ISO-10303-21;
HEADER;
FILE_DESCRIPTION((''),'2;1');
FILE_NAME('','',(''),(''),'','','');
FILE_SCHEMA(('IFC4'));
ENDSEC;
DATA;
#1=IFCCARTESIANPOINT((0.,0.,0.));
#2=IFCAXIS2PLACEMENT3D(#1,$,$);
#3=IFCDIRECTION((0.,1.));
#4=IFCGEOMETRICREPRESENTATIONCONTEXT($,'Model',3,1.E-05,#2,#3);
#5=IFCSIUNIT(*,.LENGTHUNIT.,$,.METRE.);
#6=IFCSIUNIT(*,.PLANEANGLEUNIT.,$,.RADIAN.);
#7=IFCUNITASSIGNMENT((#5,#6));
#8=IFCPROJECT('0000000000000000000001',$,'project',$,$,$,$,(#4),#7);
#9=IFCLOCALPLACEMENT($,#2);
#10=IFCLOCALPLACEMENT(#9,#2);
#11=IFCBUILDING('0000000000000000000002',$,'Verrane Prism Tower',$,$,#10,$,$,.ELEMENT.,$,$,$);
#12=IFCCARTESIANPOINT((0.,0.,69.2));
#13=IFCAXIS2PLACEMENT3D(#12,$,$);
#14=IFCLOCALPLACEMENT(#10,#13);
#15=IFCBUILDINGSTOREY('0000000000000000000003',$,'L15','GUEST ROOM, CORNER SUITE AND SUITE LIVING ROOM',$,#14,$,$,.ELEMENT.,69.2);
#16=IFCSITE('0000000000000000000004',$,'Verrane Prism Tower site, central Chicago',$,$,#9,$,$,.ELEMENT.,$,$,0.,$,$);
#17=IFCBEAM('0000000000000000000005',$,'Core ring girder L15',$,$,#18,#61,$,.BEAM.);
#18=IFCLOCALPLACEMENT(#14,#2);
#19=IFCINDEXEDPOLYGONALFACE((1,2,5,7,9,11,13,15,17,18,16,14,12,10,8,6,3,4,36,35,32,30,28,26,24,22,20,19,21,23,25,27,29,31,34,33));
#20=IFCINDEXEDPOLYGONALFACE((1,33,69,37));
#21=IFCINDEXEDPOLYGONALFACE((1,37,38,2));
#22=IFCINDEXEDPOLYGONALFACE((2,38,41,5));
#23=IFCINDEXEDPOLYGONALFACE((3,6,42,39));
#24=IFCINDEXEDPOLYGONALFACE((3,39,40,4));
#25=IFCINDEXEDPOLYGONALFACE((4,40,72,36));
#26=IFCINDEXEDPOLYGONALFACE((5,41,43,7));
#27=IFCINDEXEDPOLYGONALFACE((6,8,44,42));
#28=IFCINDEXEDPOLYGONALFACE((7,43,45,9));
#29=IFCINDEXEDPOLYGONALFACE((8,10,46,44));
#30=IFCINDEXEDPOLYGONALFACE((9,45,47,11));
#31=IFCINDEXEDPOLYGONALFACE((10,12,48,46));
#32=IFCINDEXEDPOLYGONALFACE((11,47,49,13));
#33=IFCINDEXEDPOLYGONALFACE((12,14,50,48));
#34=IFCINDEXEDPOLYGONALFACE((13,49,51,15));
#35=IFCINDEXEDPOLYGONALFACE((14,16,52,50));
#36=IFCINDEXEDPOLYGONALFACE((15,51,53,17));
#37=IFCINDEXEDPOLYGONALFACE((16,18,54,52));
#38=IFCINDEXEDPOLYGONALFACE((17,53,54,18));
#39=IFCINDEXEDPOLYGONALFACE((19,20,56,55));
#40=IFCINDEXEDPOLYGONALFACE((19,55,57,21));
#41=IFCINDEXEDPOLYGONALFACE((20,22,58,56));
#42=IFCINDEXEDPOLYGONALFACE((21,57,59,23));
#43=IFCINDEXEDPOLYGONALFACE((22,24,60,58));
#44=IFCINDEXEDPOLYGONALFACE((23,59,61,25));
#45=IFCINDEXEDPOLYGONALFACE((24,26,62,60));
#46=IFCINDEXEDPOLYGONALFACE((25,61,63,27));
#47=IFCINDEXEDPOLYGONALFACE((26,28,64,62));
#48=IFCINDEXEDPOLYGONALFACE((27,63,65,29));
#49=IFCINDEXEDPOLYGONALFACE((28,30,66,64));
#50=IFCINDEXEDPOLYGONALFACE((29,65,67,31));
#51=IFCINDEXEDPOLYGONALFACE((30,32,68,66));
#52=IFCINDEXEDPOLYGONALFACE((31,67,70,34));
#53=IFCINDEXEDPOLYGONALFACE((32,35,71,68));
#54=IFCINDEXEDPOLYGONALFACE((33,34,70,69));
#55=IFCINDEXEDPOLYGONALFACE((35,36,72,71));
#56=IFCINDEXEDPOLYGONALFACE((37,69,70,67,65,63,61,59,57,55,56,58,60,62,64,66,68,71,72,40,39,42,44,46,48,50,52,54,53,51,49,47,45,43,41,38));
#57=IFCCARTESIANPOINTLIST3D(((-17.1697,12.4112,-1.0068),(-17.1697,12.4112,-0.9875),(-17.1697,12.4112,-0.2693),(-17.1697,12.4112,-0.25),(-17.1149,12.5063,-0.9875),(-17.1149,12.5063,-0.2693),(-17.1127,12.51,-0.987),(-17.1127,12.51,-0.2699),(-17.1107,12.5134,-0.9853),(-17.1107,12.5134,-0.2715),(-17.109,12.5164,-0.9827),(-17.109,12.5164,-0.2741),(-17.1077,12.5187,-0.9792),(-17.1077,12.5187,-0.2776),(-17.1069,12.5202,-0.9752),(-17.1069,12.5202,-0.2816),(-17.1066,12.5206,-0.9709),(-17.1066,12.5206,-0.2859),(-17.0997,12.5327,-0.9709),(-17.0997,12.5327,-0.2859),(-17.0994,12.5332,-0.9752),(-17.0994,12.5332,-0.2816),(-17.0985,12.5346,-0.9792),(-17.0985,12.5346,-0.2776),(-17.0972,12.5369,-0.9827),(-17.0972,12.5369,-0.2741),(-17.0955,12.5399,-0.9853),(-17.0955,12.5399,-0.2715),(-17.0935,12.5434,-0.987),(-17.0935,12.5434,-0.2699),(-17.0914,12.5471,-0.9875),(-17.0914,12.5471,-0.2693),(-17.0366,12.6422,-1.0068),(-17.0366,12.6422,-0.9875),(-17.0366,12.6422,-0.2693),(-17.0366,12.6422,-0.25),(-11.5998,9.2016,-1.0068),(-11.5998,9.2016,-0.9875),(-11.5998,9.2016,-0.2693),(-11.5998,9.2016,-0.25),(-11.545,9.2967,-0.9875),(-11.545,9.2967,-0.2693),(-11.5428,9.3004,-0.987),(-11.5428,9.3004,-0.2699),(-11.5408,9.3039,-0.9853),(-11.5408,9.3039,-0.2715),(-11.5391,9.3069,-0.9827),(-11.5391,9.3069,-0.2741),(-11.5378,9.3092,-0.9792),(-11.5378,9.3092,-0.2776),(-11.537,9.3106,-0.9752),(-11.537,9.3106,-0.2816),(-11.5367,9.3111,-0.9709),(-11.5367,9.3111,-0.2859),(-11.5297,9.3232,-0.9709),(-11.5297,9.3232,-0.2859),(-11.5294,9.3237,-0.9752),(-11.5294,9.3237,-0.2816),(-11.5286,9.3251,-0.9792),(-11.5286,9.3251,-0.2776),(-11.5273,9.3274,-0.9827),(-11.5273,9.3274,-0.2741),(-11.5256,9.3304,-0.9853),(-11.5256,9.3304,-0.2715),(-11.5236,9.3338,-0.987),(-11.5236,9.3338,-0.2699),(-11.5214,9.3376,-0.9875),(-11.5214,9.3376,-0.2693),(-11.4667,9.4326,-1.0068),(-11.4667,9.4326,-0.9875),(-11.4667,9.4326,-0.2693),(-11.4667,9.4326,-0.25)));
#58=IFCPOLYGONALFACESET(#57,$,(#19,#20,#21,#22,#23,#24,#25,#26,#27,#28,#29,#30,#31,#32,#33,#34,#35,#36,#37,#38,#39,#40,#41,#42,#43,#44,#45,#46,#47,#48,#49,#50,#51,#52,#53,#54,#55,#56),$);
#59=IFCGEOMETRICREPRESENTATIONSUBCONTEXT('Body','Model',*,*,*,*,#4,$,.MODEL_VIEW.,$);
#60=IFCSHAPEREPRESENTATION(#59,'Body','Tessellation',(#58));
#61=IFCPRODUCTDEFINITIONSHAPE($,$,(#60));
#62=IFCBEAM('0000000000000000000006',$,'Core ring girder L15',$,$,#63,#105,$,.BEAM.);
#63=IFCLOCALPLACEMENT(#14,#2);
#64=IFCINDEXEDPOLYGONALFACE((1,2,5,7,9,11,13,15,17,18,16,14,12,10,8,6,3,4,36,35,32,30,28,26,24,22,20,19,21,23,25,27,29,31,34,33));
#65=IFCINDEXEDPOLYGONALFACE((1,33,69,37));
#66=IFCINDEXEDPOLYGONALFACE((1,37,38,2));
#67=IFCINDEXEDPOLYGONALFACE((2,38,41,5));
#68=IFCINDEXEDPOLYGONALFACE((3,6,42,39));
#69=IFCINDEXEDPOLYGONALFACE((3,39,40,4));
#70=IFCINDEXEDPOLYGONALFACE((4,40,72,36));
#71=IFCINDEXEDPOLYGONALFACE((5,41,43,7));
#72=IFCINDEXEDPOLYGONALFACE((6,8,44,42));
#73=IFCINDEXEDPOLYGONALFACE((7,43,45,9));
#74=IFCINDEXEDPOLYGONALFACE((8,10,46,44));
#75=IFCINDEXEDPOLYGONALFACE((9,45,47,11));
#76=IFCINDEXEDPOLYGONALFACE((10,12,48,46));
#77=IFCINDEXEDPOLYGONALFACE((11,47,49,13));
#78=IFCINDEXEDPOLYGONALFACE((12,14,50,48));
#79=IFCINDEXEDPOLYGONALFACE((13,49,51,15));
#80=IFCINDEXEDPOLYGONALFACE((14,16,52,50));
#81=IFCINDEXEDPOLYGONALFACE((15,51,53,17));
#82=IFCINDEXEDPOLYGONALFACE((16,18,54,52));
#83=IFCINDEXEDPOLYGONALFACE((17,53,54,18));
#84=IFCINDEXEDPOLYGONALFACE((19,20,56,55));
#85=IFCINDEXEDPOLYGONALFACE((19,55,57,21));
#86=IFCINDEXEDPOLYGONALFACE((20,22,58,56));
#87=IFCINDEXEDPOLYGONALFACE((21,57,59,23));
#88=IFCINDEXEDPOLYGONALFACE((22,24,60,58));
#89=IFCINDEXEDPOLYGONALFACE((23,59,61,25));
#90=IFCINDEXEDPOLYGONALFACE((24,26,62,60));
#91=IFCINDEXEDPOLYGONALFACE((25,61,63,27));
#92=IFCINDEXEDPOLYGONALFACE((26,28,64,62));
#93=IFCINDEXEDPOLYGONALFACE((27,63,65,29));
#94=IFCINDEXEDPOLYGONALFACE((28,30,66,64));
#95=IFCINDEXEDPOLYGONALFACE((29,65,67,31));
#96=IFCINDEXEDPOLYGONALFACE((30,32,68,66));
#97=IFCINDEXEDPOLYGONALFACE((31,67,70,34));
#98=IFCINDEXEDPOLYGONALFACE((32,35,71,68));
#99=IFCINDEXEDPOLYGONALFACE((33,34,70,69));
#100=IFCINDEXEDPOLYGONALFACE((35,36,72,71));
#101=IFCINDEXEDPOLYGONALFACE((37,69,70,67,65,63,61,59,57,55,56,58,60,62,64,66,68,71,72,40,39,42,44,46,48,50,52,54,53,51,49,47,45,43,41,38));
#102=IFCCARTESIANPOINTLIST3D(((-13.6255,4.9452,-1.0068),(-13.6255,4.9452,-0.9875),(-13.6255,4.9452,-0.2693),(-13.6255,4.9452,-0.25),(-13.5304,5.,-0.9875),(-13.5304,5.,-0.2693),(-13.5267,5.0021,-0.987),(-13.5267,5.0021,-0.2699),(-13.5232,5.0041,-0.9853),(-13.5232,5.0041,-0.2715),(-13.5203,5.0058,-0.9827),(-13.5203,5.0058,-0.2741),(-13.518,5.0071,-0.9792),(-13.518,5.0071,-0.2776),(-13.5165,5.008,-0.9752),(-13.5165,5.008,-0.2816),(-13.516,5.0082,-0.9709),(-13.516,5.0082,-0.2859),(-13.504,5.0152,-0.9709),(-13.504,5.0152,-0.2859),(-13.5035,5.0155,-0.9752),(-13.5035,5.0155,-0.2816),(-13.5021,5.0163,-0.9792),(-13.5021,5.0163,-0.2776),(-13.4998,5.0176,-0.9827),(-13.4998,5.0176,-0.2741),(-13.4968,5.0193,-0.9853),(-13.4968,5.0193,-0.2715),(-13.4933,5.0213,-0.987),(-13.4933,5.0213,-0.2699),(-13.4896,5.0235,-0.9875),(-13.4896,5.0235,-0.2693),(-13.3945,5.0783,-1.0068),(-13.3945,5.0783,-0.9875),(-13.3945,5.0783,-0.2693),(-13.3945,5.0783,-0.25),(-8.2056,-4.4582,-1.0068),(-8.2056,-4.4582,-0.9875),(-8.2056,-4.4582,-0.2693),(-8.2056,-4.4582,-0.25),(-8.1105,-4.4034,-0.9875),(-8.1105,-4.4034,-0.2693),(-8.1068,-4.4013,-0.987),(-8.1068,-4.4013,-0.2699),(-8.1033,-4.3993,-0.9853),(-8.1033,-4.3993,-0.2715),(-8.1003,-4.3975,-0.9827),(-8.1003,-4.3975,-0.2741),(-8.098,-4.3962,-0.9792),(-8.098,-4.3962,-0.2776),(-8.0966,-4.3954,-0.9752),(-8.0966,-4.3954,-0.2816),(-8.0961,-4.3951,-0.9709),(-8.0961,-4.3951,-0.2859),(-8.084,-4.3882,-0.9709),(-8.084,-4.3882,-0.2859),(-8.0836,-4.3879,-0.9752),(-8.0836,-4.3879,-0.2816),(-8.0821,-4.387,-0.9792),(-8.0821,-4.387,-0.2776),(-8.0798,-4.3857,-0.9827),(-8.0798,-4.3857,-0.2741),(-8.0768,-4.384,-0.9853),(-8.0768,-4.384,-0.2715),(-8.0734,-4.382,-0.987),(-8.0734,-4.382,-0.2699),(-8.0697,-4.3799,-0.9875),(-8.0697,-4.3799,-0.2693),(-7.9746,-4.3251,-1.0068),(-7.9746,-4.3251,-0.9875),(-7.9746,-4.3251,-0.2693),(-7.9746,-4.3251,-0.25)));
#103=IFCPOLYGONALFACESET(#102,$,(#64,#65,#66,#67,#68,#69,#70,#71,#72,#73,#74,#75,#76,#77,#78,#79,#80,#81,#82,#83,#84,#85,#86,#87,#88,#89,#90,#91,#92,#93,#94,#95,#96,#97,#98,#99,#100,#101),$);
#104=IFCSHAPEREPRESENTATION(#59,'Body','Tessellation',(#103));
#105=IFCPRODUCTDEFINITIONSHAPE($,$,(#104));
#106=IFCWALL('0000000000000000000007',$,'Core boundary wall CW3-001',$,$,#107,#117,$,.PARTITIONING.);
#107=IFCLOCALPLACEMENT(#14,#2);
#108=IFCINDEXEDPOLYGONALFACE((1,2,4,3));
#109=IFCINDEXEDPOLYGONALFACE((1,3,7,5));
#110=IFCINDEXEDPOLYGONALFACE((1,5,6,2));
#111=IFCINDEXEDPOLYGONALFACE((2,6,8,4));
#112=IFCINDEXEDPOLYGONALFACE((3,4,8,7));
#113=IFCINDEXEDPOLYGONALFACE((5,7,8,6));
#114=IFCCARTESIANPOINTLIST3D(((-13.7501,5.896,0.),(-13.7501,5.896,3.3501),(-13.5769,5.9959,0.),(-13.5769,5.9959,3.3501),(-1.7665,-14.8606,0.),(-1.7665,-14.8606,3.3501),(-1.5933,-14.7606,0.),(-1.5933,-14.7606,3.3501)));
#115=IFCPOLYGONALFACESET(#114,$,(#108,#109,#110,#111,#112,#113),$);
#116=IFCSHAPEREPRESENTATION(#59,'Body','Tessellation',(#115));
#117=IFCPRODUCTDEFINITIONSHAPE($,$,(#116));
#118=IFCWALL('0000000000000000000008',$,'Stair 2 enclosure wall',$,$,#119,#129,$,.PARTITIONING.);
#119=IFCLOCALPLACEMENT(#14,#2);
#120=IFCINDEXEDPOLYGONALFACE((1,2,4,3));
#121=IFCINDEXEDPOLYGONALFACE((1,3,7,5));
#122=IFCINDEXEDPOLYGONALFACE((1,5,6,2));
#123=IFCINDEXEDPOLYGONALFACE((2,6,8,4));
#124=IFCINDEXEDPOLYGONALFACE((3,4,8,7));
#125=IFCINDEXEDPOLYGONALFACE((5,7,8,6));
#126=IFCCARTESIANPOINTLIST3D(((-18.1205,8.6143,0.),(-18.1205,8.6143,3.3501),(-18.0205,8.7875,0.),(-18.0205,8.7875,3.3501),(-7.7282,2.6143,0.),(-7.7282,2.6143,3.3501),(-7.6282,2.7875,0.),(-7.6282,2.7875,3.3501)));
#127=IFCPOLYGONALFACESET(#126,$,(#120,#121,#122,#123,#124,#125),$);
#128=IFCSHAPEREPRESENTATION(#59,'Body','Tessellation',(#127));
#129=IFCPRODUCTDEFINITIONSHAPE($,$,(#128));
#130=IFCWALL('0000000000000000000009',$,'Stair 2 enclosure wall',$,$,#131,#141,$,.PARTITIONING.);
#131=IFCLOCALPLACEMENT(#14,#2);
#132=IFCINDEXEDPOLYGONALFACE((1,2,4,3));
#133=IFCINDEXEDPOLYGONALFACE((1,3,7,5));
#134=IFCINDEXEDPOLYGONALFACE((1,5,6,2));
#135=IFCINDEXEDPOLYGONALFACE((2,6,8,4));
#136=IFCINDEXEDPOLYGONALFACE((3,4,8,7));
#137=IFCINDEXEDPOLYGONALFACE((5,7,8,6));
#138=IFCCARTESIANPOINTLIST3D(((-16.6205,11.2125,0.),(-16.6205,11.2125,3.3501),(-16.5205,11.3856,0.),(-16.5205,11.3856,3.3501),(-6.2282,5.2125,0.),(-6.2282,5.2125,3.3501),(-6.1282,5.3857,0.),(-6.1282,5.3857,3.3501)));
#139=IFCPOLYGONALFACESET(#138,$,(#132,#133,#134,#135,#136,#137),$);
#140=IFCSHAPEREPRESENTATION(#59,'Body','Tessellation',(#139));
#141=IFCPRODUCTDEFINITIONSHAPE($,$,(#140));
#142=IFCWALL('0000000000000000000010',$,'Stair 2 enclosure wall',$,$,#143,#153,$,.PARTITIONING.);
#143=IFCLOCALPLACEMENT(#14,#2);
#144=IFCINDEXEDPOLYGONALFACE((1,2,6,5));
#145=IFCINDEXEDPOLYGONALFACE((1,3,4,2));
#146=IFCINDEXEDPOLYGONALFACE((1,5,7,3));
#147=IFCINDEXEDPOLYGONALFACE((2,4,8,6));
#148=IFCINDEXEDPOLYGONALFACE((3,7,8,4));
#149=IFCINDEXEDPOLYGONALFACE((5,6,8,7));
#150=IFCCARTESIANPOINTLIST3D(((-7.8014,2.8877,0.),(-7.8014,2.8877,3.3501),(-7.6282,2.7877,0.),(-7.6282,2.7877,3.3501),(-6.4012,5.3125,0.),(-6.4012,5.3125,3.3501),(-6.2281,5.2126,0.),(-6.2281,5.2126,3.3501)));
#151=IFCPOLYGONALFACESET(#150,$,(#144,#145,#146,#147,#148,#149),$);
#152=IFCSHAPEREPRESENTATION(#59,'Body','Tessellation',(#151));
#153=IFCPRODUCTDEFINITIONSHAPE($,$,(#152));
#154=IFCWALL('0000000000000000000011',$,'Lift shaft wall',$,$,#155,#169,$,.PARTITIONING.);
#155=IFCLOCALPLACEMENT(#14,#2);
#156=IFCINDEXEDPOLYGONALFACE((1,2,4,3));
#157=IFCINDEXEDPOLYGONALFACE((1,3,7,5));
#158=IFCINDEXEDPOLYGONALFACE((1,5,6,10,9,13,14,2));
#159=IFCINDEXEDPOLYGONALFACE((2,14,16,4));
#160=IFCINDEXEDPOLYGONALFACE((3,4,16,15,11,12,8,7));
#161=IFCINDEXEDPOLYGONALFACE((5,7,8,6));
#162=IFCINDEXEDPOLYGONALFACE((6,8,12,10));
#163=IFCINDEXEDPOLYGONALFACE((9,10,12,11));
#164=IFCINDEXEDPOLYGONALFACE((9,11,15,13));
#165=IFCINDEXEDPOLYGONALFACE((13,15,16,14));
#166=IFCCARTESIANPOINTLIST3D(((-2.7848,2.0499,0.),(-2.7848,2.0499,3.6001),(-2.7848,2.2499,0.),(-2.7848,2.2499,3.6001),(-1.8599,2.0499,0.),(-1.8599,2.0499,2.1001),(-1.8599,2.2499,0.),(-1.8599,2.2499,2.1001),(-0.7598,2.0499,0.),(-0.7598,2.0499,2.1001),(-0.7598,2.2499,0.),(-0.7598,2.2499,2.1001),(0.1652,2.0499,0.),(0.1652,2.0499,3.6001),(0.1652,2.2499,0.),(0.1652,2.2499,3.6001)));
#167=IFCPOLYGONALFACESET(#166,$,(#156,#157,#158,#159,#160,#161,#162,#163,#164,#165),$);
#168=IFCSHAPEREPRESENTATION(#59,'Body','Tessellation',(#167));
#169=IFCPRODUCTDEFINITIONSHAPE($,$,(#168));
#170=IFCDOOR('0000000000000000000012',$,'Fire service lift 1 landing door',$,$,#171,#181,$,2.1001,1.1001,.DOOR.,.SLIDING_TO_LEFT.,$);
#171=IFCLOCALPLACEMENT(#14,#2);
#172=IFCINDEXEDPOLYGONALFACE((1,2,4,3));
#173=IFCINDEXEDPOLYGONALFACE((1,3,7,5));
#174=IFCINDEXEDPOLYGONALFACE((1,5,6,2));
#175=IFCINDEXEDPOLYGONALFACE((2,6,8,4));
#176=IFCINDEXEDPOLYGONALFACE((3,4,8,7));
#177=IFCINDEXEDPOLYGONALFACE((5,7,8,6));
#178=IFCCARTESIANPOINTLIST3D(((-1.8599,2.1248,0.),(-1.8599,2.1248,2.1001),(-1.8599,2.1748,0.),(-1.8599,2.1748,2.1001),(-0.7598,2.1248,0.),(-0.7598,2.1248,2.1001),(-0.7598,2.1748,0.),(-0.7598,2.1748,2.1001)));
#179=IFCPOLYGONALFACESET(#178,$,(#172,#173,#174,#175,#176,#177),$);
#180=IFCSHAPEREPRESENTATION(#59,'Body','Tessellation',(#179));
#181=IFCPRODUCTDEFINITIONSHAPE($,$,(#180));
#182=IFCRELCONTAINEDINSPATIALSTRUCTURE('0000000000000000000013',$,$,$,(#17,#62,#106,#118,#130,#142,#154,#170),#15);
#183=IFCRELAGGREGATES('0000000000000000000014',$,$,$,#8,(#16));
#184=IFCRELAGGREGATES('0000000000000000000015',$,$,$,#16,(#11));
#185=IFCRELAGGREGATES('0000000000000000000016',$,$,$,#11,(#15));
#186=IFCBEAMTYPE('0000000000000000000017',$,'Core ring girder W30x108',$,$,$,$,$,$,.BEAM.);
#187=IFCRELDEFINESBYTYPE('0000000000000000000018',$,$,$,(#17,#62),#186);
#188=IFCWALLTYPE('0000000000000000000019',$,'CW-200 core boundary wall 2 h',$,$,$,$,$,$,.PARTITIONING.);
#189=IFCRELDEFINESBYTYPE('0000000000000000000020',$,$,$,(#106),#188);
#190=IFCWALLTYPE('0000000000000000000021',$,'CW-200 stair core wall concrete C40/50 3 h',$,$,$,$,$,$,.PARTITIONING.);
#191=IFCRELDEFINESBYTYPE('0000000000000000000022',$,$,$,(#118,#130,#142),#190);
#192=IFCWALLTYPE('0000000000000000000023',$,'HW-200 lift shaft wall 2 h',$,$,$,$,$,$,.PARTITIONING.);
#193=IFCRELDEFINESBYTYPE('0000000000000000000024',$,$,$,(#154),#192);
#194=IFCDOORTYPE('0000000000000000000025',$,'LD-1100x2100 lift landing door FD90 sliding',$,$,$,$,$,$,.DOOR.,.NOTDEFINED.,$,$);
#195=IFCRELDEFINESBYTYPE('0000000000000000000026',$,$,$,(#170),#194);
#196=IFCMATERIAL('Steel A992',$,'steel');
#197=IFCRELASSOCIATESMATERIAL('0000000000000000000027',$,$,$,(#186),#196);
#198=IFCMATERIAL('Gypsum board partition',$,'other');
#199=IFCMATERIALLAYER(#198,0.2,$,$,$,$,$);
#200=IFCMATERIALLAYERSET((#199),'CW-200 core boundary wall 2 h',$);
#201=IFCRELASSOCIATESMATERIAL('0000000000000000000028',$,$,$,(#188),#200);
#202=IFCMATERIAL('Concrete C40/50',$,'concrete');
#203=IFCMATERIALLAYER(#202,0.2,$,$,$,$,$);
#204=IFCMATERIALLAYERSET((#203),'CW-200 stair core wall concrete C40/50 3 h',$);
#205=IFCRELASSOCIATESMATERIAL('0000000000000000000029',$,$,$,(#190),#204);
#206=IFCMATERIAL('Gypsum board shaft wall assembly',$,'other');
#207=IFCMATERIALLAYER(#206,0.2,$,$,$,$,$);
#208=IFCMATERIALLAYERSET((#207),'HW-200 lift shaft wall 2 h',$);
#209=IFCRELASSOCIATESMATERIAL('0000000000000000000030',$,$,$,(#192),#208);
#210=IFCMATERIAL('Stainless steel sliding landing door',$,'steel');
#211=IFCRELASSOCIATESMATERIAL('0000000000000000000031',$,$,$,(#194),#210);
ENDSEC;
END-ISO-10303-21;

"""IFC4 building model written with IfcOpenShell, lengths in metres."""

from ifc_helpers import new_model, si_unit, direction, frame, frame_2d, origin, origin_2d, place, context, subcontext, project, spatial, rectangle, i_section, extrude, material, layer, layer_set, material_profile, profile_set, type_object, element, fill, save


model = new_model("IFC4")

# Units and contexts
model_context = context("Model", 3, precision=1e-05, world=origin(), true_north=direction((0.0, 1.0)))
body_context = subcontext(model_context, "Body", "Model", "MODEL_VIEW")
ifc_project = project(units=[si_unit("LENGTHUNIT", "METRE"), si_unit("PLANEANGLEUNIT", "RADIAN")], contexts=[model_context])

# Site, building, storey
site_placement = place(None, origin())
site = spatial("IfcSite", under=ifc_project, at=site_placement, Name="Verrane Prism Tower site, central Chicago", CompositionType="ELEMENT", RefElevation=0.0)
building_placement = place(site_placement, origin())
building = spatial("IfcBuilding", under=site, at=building_placement, Name="Verrane Prism Tower", CompositionType="ELEMENT")
storey_placement = place(building_placement, frame((0.0, 0.0, 69.2)))
storey = spatial("IfcBuildingStorey", under=building, at=storey_placement, Name="L15", Description="GUEST ROOM, CORNER SUITE AND SUITE LIVING ROOM", CompositionType="ELEMENT", Elevation=69.2)

# Beams
ifc_material_1 = material(Name="Steel A992", Category="steel")
ifc_material_profile_1 = material_profile(ifc_material_1, i_section(OverallWidth=0.2666, OverallDepth=0.7568, WebThickness=0.0139, FlangeThickness=0.0193, FilletRadius=0.0166, at=origin_2d()), Name="W30x108")
ifc_profile_set_1 = profile_set([ifc_material_profile_1], Name="Steel A992")
beam_type = type_object("IfcBeamType", Name="Core ring girder W30x108", PredefinedType="BEAM", material=ifc_profile_set_1)
beam_1_placement = place(storey_placement, frame((-11.5332, 9.3171, -0.6284), z_axis=(-0.866447, 0.499269, 0.0), x_axis=(-0.499269, -0.866447, 0.0)))
element("IfcBeam", 1, at=beam_1_placement, inside=storey, type_object=beam_type, Name="Core ring girder L15", PredefinedType="BEAM", context=body_context, shape_type="SweptSolid", body=[
    extrude(i_section(OverallWidth=0.2666, OverallDepth=0.7568, WebThickness=0.0139, FlangeThickness=0.0193, FilletRadius=0.0166, at=origin_2d()), origin(), (0.0, 0.0, 1.0), 6.4285),
])
beam_2_placement = place(storey_placement, frame((-13.51, 5.0117, -0.6284), z_axis=(0.499372, -0.866388, 0.0), x_axis=(0.866388, 0.499372, 0.0)))
element("IfcBeam", 2, at=beam_2_placement, inside=storey, type_object=beam_type, Name="Core ring girder L15", PredefinedType="BEAM", context=body_context, shape_type="SweptSolid", body=[
    extrude(i_section(OverallWidth=0.2666, OverallDepth=0.7568, WebThickness=0.0139, FlangeThickness=0.0193, FilletRadius=0.0166, at=origin_2d()), origin(), (0.0, 0.0, 1.0), 10.8535),
])

# Walls
ifc_material_2 = material(Name="Gypsum board partition", Category="other")
ifc_layer_1 = layer(ifc_material_2, 0.2)
ifc_layer_set_1 = layer_set([ifc_layer_1], Name="CW-200 core boundary wall 2 h")
wall_type_1 = type_object("IfcWallType", Name="CW-200 core boundary wall 2 h", PredefinedType="PARTITIONING", material=ifc_layer_set_1)
wall_1_placement = place(storey_placement, frame((-13.6636, 5.946, 0.0), z_axis=(0.0, 0.0, 1.0), x_axis=(0.499994, -0.866029, 0.0)))
element("IfcWall", 3, at=wall_1_placement, inside=storey, type_object=wall_type_1, Name="Core boundary wall CW3-001", PredefinedType="PARTITIONING", context=body_context, shape_type="SweptSolid", body=[
    extrude(rectangle(XDim=23.9675, YDim=0.2, at=frame_2d((11.9839, 0.0))), origin(), (0.0, 0.0, 1.0), 3.3501),
])
ifc_material_3 = material(Name="Concrete C40/50", Category="concrete")
ifc_layer_2 = layer(ifc_material_3, 0.2)
ifc_layer_set_2 = layer_set([ifc_layer_2], Name="CW-200 stair core wall concrete C40/50 3 h")
wall_type_2 = type_object("IfcWallType", Name="CW-200 stair core wall concrete C40/50 3 h", PredefinedType="PARTITIONING", material=ifc_layer_set_2)
for number, where, z_axis, x_axis, name in (
    (4, (-7.6782, 2.7009, 0.0), (0.0, 0.0, 1.0), (-0.866026, 0.499999, 0.0), "Stair 2 enclosure wall"),
    (5, (-6.1782, 5.2991, 0.0), (0.0, 0.0, 1.0), (-0.866026, 0.499999, 0.0), "Stair 2 enclosure wall"),
):
    element("IfcWall", number, at=place(storey_placement, frame(where, z_axis=z_axis, x_axis=x_axis)), inside=storey, type_object=wall_type_2, Name=name, PredefinedType="PARTITIONING", context=body_context, shape_type="SweptSolid", body=[
        extrude(rectangle(XDim=12.0, YDim=0.2, at=frame_2d((6.0, 0.0))), origin(), (0.0, 0.0, 1.0), 3.3501),
    ])
wall_2_placement = place(storey_placement, frame((-6.3147, 5.2625, 0.0), z_axis=(0.0, 0.0, 1.0), x_axis=(-0.50005, -0.865997, 0.0)))
element("IfcWall", 6, at=wall_2_placement, inside=storey, type_object=wall_type_2, Name="Stair 2 enclosure wall", PredefinedType="PARTITIONING", context=body_context, shape_type="SweptSolid", body=[
    extrude(rectangle(XDim=2.8, YDim=0.2, at=frame_2d((1.3999, 0.0))), origin(), (0.0, 0.0, 1.0), 3.3501),
])

# Wall, opening, door
ifc_material_4 = material(Name="Gypsum board shaft wall assembly", Category="other")
ifc_layer_3 = layer(ifc_material_4, 0.2)
ifc_layer_set_3 = layer_set([ifc_layer_3], Name="HW-200 lift shaft wall 2 h")
wall_type_3 = type_object("IfcWallType", Name="HW-200 lift shaft wall 2 h", PredefinedType="PARTITIONING", material=ifc_layer_set_3)
wall_3_placement = place(storey_placement, frame((-2.7849, 2.1499, 0.0), z_axis=(0.0, 0.0, 1.0), x_axis=(1.0, 0.0, 0.0)))
wall_3 = element("IfcWall", 7, at=wall_3_placement, inside=storey, type_object=wall_type_3, Name="Lift shaft wall", PredefinedType="PARTITIONING", context=body_context, shape_type="SweptSolid", body=[
    extrude(rectangle(XDim=2.95, YDim=0.2, at=frame_2d((1.4751, 0.0))), origin(), (0.0, 0.0, 1.0), 3.6001),
])
opening_1_placement = place(wall_3_placement, frame((0.925, 0.0, 0.0)))
opening_1 = element("IfcOpeningElement", 8, at=opening_1_placement, cuts=wall_3, PredefinedType="OPENING", context=body_context, shape_type="SweptSolid", body=[
    extrude(rectangle(XDim=1.1001, YDim=2.1001, at=frame_2d((0.55, 1.05))), frame((0.0, 0.1099, 0.0), z_axis=(0.0, -1.0, 0.0), x_axis=(1.0, 0.0, 0.0)), (0.0, 0.0, 1.0), 0.22),
])
ifc_material_5 = material(Name="Stainless steel sliding landing door", Category="steel")
door_type_1 = type_object("IfcDoorType", Name="LD-1100x2100 lift landing door FD90 sliding", OperationType="NOTDEFINED", PredefinedType="DOOR", material=ifc_material_5)
door_1_placement = place(opening_1_placement, origin())
door_1 = element("IfcDoor", 9, at=door_1_placement, inside=storey, type_object=door_type_1, Name="Fire service lift 1 landing door", OperationType="SLIDING_TO_LEFT", OverallHeight=2.1001, OverallWidth=1.1001, PredefinedType="DOOR", context=body_context, shape_type="SweptSolid", body=[
    extrude(rectangle(XDim=1.1001, YDim=2.1001, at=frame_2d((0.55, 1.05))), frame((0.0, 0.0249, 0.0), z_axis=(0.0, -1.0, 0.0), x_axis=(1.0, 0.0, 0.0)), (0.0, 0.0, 1.0), 0.05),
])
fill(opening_1, door_1)

save(model, "model.ifc")
